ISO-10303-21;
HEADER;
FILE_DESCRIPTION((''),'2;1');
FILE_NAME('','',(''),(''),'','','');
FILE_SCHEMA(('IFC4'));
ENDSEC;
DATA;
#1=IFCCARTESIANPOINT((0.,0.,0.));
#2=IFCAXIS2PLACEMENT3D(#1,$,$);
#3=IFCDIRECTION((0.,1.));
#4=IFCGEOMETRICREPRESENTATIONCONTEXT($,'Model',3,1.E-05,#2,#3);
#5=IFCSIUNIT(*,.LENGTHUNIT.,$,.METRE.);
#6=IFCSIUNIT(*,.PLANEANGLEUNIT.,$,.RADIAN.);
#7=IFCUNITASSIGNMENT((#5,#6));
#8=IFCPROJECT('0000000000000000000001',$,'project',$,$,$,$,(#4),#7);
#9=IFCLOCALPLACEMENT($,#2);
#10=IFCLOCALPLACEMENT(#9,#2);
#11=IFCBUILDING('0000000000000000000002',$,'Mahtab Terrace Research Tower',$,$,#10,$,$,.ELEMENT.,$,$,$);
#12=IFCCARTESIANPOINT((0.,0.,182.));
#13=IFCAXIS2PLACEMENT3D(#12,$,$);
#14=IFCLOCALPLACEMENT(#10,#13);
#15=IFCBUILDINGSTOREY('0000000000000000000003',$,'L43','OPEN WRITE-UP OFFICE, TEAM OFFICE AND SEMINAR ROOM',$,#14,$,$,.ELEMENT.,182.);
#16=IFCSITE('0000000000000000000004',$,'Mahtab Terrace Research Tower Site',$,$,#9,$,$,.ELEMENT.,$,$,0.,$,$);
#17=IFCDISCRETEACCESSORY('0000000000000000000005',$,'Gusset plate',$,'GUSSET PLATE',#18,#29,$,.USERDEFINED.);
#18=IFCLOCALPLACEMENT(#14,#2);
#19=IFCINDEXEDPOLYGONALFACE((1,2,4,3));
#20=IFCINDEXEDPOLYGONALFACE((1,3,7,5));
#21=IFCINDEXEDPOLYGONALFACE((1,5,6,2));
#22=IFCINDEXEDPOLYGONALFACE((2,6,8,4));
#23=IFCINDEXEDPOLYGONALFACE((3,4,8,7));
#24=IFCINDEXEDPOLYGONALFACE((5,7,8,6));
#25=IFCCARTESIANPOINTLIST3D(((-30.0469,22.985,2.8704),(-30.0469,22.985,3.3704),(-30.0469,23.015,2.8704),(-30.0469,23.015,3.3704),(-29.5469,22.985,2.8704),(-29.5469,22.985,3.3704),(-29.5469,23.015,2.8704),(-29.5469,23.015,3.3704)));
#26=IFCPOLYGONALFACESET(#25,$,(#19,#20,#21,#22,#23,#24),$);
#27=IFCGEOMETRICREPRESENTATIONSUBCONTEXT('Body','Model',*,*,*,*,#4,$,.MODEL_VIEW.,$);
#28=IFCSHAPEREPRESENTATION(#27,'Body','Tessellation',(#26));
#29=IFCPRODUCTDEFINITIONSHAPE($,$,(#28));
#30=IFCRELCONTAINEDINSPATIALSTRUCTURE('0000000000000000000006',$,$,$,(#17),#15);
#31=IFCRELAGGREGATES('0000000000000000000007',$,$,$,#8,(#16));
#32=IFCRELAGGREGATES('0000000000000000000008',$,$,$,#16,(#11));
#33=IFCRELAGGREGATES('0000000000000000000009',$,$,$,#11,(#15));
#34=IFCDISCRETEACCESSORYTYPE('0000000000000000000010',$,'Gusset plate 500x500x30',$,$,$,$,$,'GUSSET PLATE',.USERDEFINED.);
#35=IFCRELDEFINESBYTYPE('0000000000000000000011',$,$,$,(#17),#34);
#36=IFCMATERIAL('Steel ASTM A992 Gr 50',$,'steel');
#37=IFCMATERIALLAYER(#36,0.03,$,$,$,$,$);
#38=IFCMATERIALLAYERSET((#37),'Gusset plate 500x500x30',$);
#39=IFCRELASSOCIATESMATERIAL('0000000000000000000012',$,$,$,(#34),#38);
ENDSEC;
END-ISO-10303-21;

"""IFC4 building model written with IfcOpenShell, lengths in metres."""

from ifc_helpers import new_model, si_unit, direction, frame, origin, origin_2d, place, context, subcontext, project, spatial, rectangle, extrude, material, layer, layer_set, type_object, element, save


model = new_model("IFC4")

# Units and contexts
model_context = context("Model", 3, precision=1e-05, world=origin(), true_north=direction((0.0, 1.0)))
body_context = subcontext(model_context, "Body", "Model", "MODEL_VIEW")
ifc_project = project(units=[si_unit("LENGTHUNIT", "METRE"), si_unit("PLANEANGLEUNIT", "RADIAN")], contexts=[model_context])

# Site, building, storey
site_placement = place(None, origin())
site = spatial("IfcSite", under=ifc_project, at=site_placement, Name="Mahtab Terrace Research Tower Site", CompositionType="ELEMENT", RefElevation=0.0)
building_placement = place(site_placement, origin())
building = spatial("IfcBuilding", under=site, at=building_placement, Name="Mahtab Terrace Research Tower", CompositionType="ELEMENT")
storey_placement = place(building_placement, frame((0.0, 0.0, 182.0)))
storey = spatial("IfcBuildingStorey", under=building, at=storey_placement, Name="L43", Description="OPEN WRITE-UP OFFICE, TEAM OFFICE AND SEMINAR ROOM", CompositionType="ELEMENT", Elevation=182.0)

# Shared definitions
ifc_material_1 = material(Name="Steel ASTM A992 Gr 50", Category="steel")

# Discrete accessory
ifc_layer_1 = layer(ifc_material_1, 0.03)
ifc_layer_set_1 = layer_set([ifc_layer_1], Name="Gusset plate 500x500x30")
discrete_accessory_type = type_object("IfcDiscreteAccessoryType", Name="Gusset plate 500x500x30", ElementType="GUSSET PLATE", PredefinedType="USERDEFINED", material=ifc_layer_set_1)
discrete_accessory_placement = place(storey_placement, frame((-29.7969, 23.0, 2.8704), z_axis=(0.0, 0.0, 1.0), x_axis=(1.0, 0.0, 0.0)))
element("IfcDiscreteAccessory", 1, at=discrete_accessory_placement, inside=storey, type_object=discrete_accessory_type, Name="Gusset plate", ObjectType="GUSSET PLATE", PredefinedType="USERDEFINED", context=body_context, shape_type="SweptSolid", body=[
    extrude(rectangle(XDim=0.5, YDim=0.03, at=origin_2d()), origin(), (0.0, 0.0, 1.0), 0.5),
])

save(model, "model.ifc")
